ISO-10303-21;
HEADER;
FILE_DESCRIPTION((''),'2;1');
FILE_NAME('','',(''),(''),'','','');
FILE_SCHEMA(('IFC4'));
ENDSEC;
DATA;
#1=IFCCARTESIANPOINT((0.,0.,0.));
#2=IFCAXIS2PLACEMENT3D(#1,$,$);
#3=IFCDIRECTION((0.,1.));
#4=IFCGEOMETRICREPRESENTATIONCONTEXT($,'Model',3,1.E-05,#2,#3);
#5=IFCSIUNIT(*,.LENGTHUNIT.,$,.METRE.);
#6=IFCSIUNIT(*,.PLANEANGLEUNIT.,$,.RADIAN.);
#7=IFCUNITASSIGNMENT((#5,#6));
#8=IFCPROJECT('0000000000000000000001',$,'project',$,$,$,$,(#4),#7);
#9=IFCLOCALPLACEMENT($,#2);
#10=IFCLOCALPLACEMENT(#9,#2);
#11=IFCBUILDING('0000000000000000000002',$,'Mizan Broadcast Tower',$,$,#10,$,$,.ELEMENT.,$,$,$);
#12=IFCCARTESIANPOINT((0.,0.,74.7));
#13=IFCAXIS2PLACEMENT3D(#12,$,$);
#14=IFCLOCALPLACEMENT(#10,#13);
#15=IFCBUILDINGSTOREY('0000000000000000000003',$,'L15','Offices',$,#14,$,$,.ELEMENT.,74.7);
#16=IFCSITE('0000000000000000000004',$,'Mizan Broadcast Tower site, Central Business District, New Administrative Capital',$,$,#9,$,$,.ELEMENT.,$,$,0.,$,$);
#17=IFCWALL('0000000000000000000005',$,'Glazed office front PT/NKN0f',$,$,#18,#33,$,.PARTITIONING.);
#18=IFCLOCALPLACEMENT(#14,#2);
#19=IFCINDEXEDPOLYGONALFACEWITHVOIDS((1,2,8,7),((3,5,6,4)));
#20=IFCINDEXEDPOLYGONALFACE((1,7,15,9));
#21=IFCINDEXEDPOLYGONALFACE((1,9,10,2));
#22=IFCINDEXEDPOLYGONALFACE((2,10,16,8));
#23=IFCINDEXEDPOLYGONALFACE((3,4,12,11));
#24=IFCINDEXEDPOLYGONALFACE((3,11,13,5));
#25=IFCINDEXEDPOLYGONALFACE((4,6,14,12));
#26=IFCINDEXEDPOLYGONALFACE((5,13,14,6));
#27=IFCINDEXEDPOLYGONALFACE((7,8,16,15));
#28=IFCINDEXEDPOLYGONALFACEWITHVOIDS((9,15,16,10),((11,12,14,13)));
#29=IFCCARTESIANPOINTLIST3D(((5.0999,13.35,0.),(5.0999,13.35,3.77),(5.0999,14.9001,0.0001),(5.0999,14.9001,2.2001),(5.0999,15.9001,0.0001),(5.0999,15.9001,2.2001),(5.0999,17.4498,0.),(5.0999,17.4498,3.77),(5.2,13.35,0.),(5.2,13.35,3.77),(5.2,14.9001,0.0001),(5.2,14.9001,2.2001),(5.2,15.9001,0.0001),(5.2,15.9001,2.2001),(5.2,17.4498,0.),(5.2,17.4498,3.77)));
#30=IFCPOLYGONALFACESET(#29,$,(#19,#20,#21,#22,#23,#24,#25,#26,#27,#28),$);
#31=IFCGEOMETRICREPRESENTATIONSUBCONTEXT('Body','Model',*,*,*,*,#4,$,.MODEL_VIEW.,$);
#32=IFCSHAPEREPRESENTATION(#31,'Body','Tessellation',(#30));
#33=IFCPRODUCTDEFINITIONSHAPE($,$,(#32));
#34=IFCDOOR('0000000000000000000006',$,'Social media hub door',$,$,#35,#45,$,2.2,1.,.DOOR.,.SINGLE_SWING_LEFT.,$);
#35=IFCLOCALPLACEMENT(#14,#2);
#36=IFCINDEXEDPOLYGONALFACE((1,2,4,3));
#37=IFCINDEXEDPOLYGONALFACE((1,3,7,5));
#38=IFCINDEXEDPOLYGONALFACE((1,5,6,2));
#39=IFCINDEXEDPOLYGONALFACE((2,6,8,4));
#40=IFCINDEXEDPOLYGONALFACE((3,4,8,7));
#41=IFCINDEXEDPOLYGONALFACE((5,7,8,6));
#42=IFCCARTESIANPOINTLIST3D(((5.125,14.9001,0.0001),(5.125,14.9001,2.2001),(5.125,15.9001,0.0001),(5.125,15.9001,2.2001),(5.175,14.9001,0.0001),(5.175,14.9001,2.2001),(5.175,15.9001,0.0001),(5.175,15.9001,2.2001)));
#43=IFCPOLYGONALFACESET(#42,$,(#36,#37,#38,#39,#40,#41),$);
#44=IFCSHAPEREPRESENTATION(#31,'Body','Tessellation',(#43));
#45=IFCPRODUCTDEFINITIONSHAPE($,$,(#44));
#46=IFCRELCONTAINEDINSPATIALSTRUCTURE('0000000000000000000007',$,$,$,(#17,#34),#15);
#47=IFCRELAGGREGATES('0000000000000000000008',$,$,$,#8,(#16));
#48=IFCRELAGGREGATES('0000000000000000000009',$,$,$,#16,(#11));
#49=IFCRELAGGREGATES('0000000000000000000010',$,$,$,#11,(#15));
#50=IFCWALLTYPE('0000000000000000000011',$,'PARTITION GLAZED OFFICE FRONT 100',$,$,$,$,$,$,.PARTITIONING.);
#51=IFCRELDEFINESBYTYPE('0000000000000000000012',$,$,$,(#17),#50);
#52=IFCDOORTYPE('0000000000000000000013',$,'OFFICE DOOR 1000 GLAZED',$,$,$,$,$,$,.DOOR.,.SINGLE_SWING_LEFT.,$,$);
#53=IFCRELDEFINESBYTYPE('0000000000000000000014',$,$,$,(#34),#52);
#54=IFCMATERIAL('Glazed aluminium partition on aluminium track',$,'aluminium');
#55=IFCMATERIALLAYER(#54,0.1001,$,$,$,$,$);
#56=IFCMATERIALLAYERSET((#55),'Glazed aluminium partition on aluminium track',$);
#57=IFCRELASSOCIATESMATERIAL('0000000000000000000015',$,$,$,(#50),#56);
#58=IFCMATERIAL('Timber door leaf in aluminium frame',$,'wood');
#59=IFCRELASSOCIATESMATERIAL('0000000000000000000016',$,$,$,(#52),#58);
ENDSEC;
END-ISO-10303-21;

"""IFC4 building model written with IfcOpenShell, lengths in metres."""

from ifc_helpers import new_model, si_unit, direction, frame, frame_2d, origin, place, context, subcontext, project, spatial, rectangle, extrude, material, layer, layer_set, type_object, element, fill, save


model = new_model("IFC4")

# Units and contexts
model_context = context("Model", 3, precision=1e-05, world=origin(), true_north=direction((0.0, 1.0)))
body_context = subcontext(model_context, "Body", "Model", "MODEL_VIEW")
ifc_project = project(units=[si_unit("LENGTHUNIT", "METRE"), si_unit("PLANEANGLEUNIT", "RADIAN")], contexts=[model_context])

# Site, building, storey
site_placement = place(None, origin())
site = spatial("IfcSite", under=ifc_project, at=site_placement, Name="Mizan Broadcast Tower site, Central Business District, New Administrative Capital", CompositionType="ELEMENT", RefElevation=0.0)
building_placement = place(site_placement, origin())
building = spatial("IfcBuilding", under=site, at=building_placement, Name="Mizan Broadcast Tower", CompositionType="ELEMENT")
storey_placement = place(building_placement, frame((0.0, 0.0, 74.7)))
storey = spatial("IfcBuildingStorey", under=building, at=storey_placement, Name="L15", Description="Offices", CompositionType="ELEMENT", Elevation=74.7)

# Shared definitions
ifc_material_1 = material(Name="Glazed aluminium partition on aluminium track", Category="aluminium")
ifc_layer_1 = layer(ifc_material_1, 0.1001)
ifc_layer_set_1 = layer_set([ifc_layer_1], Name="Glazed aluminium partition on aluminium track")
wall_type_1 = type_object("IfcWallType", Name="PARTITION GLAZED OFFICE FRONT 100", PredefinedType="PARTITIONING", material=ifc_layer_set_1)

# Wall, opening, door
wall_1_placement = place(storey_placement, frame((5.1499, 13.3501, 0.0), z_axis=(0.0, 0.0, 1.0), x_axis=(0.0, 1.0, 0.0)))
wall_1 = element("IfcWall", 1, at=wall_1_placement, inside=storey, type_object=wall_type_1, Name="Glazed office front PT/NKN0f", PredefinedType="PARTITIONING", context=body_context, shape_type="SweptSolid", body=[
    extrude(rectangle(XDim=4.0999, YDim=0.1001, at=frame_2d((2.0498, 0.0))), origin(), (0.0, 0.0, 1.0), 3.77),
])
opening_placement = place(wall_1_placement, frame((1.55, 0.0, 0.0)))
opening = element("IfcOpeningElement", 2, at=opening_placement, cuts=wall_1, PredefinedType="OPENING", context=body_context, shape_type="SweptSolid", body=[
    extrude(rectangle(XDim=1.0, YDim=2.2, at=frame_2d((0.5, 1.1001))), frame((0.0, 0.0601, 0.0), z_axis=(0.0, -1.0, 0.0), x_axis=(1.0, 0.0, 0.0)), (0.0, 0.0, 1.0), 0.1201),
])
ifc_material_2 = material(Name="Timber door leaf in aluminium frame", Category="wood")
door_type = type_object("IfcDoorType", Name="OFFICE DOOR 1000 GLAZED", OperationType="SINGLE_SWING_LEFT", PredefinedType="DOOR", material=ifc_material_2)
door_placement = place(opening_placement, origin())
door = element("IfcDoor", 3, at=door_placement, inside=storey, type_object=door_type, Name="Social media hub door", OperationType="SINGLE_SWING_LEFT", OverallHeight=2.2, OverallWidth=1.0, PredefinedType="DOOR", context=body_context, shape_type="SweptSolid", body=[
    extrude(rectangle(XDim=1.0, YDim=2.2, at=frame_2d((0.5, 1.1001))), frame((0.0, 0.0249, 0.0), z_axis=(0.0, -1.0, 0.0), x_axis=(1.0, 0.0, 0.0)), (0.0, 0.0, 1.0), 0.05),
])
fill(opening, door)

save(model, "model.ifc")
